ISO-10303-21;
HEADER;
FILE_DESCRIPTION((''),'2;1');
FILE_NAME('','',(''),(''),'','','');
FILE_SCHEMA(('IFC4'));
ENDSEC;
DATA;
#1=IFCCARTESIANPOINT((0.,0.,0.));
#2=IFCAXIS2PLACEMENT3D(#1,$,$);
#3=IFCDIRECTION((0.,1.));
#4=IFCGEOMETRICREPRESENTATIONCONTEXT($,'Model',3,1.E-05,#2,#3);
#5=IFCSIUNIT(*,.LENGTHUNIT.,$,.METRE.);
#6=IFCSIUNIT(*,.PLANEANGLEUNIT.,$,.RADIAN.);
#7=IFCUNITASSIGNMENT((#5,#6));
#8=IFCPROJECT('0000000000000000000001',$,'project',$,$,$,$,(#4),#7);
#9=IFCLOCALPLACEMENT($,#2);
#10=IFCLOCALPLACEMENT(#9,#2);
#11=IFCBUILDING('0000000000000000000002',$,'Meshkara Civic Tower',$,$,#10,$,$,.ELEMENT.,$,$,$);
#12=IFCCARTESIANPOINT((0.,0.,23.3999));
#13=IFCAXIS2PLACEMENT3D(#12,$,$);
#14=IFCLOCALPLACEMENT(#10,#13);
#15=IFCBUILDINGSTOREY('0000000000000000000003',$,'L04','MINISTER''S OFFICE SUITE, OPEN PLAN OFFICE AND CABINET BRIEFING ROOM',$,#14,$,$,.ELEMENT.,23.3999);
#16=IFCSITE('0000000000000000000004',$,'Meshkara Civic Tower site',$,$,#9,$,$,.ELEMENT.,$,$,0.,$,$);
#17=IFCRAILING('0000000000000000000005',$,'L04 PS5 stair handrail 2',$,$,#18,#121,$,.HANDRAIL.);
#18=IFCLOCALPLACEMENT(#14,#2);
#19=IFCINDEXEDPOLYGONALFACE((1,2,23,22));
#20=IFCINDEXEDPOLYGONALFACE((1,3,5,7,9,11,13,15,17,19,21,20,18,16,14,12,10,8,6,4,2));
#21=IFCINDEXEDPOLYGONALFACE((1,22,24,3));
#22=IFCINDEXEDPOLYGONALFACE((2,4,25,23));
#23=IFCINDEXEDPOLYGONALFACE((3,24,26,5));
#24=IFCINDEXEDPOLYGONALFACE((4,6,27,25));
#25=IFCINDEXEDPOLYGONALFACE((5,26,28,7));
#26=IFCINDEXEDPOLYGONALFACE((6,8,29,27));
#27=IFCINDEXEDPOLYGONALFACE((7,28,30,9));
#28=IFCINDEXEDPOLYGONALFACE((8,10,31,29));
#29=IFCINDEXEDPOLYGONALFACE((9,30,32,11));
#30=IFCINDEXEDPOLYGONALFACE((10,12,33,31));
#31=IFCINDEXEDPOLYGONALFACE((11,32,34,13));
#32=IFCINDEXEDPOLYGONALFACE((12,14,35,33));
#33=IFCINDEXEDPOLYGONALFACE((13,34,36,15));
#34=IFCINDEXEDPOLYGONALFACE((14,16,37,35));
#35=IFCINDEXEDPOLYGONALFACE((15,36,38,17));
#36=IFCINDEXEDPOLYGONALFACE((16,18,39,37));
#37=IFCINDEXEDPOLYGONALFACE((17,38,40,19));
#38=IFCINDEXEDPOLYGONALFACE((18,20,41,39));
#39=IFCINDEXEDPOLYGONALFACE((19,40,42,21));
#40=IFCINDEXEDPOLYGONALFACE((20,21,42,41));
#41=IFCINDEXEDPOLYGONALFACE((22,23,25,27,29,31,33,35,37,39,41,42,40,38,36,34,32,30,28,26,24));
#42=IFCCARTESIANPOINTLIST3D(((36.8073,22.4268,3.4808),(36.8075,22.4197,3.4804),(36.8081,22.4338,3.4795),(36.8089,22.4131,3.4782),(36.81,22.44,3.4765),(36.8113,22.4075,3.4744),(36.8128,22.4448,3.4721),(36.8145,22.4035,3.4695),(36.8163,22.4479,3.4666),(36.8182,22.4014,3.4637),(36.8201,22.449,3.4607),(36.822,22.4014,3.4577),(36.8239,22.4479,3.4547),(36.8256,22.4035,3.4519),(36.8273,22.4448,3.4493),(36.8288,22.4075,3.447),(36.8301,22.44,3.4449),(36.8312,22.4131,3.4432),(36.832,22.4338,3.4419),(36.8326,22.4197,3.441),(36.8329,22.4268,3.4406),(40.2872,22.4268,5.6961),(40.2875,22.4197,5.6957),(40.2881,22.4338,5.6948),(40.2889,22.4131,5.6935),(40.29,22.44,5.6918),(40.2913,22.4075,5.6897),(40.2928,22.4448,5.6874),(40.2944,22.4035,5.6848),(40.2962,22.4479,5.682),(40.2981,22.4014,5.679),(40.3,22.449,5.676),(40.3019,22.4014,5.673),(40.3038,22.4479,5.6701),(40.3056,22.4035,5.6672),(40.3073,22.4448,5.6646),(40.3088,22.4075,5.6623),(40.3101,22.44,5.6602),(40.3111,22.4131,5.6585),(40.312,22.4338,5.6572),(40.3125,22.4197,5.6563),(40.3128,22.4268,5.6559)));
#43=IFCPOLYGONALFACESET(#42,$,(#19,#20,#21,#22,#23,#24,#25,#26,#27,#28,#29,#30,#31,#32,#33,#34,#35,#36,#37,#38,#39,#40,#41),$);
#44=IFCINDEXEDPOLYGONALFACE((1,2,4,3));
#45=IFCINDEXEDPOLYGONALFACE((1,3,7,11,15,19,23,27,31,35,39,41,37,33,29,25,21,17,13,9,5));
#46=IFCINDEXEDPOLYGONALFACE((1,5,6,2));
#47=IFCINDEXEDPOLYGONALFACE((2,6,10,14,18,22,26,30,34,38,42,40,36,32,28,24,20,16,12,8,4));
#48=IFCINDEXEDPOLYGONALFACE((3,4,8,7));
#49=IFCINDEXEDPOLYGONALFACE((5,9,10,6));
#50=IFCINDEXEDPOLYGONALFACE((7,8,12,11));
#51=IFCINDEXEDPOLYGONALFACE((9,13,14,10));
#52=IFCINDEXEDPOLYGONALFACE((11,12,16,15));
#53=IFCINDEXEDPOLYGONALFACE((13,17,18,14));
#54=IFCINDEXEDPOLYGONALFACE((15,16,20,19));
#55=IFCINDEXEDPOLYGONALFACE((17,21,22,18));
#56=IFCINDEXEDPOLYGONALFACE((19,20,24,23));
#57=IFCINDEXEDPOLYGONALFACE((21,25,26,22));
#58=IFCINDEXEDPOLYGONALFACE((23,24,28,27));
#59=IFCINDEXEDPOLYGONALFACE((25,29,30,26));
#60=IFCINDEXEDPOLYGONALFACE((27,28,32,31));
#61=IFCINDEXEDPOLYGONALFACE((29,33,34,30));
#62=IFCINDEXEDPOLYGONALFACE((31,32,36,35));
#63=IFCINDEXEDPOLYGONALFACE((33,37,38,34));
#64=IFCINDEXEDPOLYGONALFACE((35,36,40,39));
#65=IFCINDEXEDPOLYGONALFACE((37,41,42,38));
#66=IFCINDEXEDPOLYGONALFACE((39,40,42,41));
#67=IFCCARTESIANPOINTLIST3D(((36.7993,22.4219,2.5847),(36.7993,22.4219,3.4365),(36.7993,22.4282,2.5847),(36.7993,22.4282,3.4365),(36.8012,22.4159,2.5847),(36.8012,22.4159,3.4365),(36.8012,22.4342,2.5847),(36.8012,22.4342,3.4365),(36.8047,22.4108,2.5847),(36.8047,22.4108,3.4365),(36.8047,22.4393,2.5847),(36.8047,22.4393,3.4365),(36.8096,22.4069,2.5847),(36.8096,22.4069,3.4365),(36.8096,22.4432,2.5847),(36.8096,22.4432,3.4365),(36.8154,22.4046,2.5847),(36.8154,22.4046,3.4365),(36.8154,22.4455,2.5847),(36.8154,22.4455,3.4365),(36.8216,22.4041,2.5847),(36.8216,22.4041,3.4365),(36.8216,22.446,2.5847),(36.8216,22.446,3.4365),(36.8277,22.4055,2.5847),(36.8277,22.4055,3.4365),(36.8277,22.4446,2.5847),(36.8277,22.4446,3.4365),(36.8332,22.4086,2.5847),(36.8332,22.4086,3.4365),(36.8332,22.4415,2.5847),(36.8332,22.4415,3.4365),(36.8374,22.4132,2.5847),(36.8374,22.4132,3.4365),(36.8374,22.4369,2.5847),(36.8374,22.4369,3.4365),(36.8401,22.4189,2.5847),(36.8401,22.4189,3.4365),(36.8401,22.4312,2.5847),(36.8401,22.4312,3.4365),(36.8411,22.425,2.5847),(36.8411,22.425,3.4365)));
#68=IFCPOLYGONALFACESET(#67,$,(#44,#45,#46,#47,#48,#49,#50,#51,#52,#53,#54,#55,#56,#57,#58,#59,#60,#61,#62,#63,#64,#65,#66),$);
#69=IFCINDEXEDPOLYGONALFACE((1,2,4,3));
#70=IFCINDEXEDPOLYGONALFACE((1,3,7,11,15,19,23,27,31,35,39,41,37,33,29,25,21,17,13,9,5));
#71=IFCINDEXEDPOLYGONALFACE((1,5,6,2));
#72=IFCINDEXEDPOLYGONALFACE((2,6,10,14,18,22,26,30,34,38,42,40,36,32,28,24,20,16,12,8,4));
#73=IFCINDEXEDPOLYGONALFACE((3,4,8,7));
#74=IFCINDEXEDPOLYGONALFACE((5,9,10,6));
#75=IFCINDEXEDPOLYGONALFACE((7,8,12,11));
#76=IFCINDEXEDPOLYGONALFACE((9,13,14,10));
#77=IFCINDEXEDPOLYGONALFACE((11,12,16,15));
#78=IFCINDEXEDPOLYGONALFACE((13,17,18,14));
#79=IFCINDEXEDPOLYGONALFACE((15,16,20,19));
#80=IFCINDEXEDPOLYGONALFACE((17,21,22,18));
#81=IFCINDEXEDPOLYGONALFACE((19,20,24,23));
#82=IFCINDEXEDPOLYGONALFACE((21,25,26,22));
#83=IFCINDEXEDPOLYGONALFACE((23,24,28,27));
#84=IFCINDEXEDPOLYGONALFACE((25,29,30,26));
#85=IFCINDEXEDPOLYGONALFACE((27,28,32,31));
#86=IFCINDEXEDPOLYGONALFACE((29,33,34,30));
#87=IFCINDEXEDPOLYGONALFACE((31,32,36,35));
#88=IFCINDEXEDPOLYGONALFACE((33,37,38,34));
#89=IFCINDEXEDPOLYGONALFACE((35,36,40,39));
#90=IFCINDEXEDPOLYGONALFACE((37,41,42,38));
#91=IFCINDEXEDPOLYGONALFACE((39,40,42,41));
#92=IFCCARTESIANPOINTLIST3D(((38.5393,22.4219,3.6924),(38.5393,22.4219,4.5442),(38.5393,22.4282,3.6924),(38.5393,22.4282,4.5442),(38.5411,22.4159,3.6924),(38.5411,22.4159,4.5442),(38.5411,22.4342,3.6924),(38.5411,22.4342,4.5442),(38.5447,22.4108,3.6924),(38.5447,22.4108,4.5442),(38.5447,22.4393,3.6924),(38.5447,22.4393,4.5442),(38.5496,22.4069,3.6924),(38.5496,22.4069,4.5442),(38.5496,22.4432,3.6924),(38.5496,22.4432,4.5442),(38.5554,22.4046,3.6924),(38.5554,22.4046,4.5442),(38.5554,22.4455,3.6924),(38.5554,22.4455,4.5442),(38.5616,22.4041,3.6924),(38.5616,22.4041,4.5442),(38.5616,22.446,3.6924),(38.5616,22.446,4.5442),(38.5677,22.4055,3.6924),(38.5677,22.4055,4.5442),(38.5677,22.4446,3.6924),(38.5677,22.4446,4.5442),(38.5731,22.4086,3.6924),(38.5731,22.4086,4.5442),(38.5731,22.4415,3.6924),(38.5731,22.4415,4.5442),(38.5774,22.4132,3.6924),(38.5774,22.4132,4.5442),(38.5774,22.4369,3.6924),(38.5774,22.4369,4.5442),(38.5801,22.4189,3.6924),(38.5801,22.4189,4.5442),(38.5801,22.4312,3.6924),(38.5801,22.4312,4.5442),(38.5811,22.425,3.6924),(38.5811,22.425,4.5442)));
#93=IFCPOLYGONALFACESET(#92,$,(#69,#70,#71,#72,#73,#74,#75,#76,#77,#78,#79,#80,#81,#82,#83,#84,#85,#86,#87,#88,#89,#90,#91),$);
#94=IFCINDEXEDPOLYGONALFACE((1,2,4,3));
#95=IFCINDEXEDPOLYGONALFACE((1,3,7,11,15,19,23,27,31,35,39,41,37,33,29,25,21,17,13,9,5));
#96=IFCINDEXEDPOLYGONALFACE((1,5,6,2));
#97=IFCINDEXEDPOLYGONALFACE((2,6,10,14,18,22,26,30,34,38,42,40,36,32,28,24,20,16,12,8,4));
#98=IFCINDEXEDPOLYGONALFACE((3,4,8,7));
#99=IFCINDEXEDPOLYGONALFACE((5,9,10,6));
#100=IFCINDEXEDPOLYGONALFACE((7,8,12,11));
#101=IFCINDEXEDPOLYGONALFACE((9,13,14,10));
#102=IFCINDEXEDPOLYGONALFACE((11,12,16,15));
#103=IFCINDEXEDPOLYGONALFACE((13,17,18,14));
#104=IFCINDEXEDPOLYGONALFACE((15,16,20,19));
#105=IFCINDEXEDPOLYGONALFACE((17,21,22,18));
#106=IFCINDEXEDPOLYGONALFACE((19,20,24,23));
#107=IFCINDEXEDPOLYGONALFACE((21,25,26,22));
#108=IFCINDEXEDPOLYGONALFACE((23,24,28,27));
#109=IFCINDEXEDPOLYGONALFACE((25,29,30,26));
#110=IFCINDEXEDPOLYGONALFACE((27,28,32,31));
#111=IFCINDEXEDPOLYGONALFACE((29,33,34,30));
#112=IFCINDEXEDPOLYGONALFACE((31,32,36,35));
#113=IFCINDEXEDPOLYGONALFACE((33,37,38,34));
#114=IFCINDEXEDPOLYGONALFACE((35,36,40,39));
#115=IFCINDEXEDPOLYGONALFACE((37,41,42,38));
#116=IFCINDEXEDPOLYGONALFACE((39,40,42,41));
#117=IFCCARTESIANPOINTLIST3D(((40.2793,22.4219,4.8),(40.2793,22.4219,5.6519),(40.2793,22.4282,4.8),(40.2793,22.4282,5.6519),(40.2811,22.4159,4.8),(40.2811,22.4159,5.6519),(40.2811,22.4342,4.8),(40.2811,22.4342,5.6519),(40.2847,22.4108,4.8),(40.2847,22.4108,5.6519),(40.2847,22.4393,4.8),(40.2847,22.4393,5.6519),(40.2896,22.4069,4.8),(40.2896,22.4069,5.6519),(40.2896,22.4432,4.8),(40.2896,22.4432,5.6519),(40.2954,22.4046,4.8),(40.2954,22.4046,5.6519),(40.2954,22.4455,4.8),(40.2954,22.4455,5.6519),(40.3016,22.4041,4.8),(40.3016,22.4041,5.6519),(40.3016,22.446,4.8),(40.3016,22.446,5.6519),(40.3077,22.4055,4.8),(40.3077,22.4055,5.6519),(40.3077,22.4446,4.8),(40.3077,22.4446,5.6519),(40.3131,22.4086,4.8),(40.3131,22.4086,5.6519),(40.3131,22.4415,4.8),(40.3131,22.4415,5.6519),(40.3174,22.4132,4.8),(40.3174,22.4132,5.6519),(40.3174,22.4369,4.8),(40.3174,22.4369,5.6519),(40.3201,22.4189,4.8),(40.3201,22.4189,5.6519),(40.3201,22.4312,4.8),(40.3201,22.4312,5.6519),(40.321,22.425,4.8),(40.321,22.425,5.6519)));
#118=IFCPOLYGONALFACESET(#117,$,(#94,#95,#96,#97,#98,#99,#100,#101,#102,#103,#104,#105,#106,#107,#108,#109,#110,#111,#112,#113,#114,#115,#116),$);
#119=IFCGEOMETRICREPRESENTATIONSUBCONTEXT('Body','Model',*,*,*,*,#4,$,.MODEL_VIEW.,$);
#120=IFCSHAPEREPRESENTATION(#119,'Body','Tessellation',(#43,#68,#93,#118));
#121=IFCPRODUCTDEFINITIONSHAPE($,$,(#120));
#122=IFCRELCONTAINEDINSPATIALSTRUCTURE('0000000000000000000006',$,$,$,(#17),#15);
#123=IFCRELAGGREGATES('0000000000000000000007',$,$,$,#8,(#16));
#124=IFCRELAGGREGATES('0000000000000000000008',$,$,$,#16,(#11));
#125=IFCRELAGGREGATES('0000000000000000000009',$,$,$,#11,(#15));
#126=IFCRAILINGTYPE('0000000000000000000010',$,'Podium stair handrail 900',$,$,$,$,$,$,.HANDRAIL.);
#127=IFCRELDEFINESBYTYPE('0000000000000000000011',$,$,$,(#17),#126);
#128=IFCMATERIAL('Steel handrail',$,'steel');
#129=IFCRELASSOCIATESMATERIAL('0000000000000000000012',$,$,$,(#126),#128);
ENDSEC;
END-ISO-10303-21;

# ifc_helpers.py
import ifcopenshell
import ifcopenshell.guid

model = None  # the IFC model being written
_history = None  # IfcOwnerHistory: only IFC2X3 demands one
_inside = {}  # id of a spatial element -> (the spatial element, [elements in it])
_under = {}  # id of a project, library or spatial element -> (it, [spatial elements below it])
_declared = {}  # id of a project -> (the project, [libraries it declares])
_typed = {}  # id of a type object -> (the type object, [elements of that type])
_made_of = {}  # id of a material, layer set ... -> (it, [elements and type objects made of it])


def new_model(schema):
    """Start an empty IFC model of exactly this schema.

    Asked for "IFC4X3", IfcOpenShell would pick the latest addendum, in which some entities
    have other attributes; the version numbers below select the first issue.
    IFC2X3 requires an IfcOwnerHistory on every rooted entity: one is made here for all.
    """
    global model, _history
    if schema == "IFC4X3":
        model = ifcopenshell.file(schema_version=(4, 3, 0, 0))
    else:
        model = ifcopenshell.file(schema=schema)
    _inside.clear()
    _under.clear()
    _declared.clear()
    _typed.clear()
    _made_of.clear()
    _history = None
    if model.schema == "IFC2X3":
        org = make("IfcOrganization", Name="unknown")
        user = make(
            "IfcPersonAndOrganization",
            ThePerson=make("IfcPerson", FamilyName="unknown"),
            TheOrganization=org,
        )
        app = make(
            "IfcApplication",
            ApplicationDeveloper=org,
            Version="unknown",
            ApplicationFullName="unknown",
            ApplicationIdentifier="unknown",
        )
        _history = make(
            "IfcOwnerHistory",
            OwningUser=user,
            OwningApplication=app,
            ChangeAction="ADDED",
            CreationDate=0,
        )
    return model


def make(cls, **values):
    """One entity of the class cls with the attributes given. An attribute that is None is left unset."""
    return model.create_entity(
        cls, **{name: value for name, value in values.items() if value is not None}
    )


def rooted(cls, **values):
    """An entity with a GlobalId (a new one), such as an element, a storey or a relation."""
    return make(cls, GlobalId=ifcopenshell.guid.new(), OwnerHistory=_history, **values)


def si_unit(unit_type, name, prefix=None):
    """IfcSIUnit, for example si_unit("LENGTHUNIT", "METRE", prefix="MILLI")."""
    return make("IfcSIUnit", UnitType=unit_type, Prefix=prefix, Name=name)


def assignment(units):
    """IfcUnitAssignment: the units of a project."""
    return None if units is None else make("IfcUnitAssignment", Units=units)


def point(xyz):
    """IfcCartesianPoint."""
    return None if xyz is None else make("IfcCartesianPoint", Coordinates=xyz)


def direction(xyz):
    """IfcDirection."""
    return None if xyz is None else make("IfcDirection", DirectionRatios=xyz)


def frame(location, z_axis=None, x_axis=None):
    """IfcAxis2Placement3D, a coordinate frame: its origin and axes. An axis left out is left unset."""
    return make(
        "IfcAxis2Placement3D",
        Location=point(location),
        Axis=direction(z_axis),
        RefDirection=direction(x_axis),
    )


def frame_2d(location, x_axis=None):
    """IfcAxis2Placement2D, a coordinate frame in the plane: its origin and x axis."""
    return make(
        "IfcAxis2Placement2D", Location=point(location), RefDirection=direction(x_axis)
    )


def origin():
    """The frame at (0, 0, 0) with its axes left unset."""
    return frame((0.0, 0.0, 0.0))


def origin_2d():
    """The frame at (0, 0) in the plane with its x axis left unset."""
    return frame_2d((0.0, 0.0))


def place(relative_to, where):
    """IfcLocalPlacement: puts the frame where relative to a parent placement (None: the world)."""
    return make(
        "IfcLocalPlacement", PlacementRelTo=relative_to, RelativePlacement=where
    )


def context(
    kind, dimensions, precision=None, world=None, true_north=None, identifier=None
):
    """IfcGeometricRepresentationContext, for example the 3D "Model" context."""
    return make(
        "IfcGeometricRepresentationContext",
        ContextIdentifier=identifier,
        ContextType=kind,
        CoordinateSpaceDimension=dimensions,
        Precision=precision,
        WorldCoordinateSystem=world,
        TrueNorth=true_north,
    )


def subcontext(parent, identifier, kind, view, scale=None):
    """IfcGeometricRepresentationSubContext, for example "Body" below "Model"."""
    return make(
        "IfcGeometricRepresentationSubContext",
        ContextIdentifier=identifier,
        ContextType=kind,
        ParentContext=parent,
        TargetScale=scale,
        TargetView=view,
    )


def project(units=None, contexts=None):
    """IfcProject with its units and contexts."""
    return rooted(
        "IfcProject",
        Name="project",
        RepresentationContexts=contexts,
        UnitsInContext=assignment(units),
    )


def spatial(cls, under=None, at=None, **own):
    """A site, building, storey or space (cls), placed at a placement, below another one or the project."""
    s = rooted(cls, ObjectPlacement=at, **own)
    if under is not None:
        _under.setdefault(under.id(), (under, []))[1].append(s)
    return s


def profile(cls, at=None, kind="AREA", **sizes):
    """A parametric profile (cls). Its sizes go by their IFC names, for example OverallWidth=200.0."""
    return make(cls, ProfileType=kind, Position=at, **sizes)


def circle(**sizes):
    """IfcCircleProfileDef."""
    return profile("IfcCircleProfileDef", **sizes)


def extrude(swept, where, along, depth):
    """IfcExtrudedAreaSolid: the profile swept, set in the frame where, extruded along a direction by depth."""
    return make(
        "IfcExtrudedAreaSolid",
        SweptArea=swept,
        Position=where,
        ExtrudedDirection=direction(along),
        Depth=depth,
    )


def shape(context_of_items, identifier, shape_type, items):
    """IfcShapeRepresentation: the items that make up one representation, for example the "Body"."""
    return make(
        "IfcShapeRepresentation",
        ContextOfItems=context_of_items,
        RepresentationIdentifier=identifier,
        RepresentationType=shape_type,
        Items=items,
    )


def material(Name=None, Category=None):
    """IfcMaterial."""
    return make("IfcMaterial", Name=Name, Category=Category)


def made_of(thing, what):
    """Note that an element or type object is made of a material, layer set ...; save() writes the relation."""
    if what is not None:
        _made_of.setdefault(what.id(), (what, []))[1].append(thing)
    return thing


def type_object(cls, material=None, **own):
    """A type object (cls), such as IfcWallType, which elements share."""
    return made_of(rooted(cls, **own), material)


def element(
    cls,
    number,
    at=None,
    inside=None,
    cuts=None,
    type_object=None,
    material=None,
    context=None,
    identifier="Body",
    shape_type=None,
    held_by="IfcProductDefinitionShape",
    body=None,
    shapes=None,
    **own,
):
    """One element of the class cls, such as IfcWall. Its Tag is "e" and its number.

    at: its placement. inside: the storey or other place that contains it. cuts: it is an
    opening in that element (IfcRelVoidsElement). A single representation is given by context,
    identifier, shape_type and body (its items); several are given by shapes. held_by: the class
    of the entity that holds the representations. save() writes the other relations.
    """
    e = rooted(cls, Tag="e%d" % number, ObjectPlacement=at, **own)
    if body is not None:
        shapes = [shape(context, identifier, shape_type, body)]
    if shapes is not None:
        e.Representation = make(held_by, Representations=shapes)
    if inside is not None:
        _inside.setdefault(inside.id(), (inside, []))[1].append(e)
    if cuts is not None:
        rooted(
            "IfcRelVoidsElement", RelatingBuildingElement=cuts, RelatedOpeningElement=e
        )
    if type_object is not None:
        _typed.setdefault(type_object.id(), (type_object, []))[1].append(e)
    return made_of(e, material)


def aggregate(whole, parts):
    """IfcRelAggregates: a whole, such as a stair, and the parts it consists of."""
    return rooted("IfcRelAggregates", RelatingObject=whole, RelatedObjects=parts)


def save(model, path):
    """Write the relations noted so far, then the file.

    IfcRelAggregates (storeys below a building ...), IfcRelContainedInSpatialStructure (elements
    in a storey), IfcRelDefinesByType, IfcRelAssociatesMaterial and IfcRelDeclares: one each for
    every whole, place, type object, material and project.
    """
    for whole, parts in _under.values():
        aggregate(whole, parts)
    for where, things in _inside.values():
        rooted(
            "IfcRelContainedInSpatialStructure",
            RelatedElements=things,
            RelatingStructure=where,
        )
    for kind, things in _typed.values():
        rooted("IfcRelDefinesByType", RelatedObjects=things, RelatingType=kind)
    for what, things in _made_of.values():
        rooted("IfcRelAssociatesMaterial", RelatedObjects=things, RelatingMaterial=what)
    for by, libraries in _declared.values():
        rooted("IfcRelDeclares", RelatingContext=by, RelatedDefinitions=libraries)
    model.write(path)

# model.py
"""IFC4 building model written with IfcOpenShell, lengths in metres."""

from ifc_helpers import new_model, si_unit, direction, frame, origin, origin_2d, place, context, subcontext, project, spatial, circle, extrude, material, type_object, element, save


model = new_model("IFC4")

# Units and contexts
model_context = context("Model", 3, precision=1e-05, world=origin(), true_north=direction((0.0, 1.0)))
body_context = subcontext(model_context, "Body", "Model", "MODEL_VIEW")
ifc_project = project(units=[si_unit("LENGTHUNIT", "METRE"), si_unit("PLANEANGLEUNIT", "RADIAN")], contexts=[model_context])

# Site, building, storey
site_placement = place(None, origin())
site = spatial("IfcSite", under=ifc_project, at=site_placement, Name="Meshkara Civic Tower site", CompositionType="ELEMENT", RefElevation=0.0)
building_placement = place(site_placement, origin())
building = spatial("IfcBuilding", under=site, at=building_placement, Name="Meshkara Civic Tower", CompositionType="ELEMENT")
storey_placement = place(building_placement, frame((0.0, 0.0, 23.3999)))
storey = spatial("IfcBuildingStorey", under=building, at=storey_placement, Name="L04", Description="MINISTER'S OFFICE SUITE, OPEN PLAN OFFICE AND CABINET BRIEFING ROOM", CompositionType="ELEMENT", Elevation=23.3999)

# Railing
ifc_material_1 = material(Name="Steel handrail", Category="steel")
railing_type_1 = type_object("IfcRailingType", Name="Podium stair handrail 900", PredefinedType="HANDRAIL", material=ifc_material_1)
railing_1_placement = place(storey_placement, frame((36.8201, 22.425, 2.5847)))
element("IfcRailing", 1, at=railing_1_placement, inside=storey, type_object=railing_type_1, Name="L04 PS5 stair handrail 2", PredefinedType="HANDRAIL", context=body_context, shape_type="SweptSolid", body=[
    extrude(circle(Radius=0.0239, at=origin_2d()), frame((0.0, 0.0, 0.876), z_axis=(0.843574, 0.0, 0.537013), x_axis=(0.0, 1.0, 0.0)), (0.0, 0.0, 1.0), 4.1252),
    extrude(circle(Radius=0.021, at=origin_2d()), origin(), (0.0, 0.0, 1.0), 0.8518),
    extrude(circle(Radius=0.021, at=origin_2d()), frame((1.74, 0.0, 1.1077)), (0.0, 0.0, 1.0), 0.8518),
    extrude(circle(Radius=0.021, at=origin_2d()), frame((3.48, 0.0, 2.2153)), (0.0, 0.0, 1.0), 0.8518),
])

save(model, "model.ifc")
